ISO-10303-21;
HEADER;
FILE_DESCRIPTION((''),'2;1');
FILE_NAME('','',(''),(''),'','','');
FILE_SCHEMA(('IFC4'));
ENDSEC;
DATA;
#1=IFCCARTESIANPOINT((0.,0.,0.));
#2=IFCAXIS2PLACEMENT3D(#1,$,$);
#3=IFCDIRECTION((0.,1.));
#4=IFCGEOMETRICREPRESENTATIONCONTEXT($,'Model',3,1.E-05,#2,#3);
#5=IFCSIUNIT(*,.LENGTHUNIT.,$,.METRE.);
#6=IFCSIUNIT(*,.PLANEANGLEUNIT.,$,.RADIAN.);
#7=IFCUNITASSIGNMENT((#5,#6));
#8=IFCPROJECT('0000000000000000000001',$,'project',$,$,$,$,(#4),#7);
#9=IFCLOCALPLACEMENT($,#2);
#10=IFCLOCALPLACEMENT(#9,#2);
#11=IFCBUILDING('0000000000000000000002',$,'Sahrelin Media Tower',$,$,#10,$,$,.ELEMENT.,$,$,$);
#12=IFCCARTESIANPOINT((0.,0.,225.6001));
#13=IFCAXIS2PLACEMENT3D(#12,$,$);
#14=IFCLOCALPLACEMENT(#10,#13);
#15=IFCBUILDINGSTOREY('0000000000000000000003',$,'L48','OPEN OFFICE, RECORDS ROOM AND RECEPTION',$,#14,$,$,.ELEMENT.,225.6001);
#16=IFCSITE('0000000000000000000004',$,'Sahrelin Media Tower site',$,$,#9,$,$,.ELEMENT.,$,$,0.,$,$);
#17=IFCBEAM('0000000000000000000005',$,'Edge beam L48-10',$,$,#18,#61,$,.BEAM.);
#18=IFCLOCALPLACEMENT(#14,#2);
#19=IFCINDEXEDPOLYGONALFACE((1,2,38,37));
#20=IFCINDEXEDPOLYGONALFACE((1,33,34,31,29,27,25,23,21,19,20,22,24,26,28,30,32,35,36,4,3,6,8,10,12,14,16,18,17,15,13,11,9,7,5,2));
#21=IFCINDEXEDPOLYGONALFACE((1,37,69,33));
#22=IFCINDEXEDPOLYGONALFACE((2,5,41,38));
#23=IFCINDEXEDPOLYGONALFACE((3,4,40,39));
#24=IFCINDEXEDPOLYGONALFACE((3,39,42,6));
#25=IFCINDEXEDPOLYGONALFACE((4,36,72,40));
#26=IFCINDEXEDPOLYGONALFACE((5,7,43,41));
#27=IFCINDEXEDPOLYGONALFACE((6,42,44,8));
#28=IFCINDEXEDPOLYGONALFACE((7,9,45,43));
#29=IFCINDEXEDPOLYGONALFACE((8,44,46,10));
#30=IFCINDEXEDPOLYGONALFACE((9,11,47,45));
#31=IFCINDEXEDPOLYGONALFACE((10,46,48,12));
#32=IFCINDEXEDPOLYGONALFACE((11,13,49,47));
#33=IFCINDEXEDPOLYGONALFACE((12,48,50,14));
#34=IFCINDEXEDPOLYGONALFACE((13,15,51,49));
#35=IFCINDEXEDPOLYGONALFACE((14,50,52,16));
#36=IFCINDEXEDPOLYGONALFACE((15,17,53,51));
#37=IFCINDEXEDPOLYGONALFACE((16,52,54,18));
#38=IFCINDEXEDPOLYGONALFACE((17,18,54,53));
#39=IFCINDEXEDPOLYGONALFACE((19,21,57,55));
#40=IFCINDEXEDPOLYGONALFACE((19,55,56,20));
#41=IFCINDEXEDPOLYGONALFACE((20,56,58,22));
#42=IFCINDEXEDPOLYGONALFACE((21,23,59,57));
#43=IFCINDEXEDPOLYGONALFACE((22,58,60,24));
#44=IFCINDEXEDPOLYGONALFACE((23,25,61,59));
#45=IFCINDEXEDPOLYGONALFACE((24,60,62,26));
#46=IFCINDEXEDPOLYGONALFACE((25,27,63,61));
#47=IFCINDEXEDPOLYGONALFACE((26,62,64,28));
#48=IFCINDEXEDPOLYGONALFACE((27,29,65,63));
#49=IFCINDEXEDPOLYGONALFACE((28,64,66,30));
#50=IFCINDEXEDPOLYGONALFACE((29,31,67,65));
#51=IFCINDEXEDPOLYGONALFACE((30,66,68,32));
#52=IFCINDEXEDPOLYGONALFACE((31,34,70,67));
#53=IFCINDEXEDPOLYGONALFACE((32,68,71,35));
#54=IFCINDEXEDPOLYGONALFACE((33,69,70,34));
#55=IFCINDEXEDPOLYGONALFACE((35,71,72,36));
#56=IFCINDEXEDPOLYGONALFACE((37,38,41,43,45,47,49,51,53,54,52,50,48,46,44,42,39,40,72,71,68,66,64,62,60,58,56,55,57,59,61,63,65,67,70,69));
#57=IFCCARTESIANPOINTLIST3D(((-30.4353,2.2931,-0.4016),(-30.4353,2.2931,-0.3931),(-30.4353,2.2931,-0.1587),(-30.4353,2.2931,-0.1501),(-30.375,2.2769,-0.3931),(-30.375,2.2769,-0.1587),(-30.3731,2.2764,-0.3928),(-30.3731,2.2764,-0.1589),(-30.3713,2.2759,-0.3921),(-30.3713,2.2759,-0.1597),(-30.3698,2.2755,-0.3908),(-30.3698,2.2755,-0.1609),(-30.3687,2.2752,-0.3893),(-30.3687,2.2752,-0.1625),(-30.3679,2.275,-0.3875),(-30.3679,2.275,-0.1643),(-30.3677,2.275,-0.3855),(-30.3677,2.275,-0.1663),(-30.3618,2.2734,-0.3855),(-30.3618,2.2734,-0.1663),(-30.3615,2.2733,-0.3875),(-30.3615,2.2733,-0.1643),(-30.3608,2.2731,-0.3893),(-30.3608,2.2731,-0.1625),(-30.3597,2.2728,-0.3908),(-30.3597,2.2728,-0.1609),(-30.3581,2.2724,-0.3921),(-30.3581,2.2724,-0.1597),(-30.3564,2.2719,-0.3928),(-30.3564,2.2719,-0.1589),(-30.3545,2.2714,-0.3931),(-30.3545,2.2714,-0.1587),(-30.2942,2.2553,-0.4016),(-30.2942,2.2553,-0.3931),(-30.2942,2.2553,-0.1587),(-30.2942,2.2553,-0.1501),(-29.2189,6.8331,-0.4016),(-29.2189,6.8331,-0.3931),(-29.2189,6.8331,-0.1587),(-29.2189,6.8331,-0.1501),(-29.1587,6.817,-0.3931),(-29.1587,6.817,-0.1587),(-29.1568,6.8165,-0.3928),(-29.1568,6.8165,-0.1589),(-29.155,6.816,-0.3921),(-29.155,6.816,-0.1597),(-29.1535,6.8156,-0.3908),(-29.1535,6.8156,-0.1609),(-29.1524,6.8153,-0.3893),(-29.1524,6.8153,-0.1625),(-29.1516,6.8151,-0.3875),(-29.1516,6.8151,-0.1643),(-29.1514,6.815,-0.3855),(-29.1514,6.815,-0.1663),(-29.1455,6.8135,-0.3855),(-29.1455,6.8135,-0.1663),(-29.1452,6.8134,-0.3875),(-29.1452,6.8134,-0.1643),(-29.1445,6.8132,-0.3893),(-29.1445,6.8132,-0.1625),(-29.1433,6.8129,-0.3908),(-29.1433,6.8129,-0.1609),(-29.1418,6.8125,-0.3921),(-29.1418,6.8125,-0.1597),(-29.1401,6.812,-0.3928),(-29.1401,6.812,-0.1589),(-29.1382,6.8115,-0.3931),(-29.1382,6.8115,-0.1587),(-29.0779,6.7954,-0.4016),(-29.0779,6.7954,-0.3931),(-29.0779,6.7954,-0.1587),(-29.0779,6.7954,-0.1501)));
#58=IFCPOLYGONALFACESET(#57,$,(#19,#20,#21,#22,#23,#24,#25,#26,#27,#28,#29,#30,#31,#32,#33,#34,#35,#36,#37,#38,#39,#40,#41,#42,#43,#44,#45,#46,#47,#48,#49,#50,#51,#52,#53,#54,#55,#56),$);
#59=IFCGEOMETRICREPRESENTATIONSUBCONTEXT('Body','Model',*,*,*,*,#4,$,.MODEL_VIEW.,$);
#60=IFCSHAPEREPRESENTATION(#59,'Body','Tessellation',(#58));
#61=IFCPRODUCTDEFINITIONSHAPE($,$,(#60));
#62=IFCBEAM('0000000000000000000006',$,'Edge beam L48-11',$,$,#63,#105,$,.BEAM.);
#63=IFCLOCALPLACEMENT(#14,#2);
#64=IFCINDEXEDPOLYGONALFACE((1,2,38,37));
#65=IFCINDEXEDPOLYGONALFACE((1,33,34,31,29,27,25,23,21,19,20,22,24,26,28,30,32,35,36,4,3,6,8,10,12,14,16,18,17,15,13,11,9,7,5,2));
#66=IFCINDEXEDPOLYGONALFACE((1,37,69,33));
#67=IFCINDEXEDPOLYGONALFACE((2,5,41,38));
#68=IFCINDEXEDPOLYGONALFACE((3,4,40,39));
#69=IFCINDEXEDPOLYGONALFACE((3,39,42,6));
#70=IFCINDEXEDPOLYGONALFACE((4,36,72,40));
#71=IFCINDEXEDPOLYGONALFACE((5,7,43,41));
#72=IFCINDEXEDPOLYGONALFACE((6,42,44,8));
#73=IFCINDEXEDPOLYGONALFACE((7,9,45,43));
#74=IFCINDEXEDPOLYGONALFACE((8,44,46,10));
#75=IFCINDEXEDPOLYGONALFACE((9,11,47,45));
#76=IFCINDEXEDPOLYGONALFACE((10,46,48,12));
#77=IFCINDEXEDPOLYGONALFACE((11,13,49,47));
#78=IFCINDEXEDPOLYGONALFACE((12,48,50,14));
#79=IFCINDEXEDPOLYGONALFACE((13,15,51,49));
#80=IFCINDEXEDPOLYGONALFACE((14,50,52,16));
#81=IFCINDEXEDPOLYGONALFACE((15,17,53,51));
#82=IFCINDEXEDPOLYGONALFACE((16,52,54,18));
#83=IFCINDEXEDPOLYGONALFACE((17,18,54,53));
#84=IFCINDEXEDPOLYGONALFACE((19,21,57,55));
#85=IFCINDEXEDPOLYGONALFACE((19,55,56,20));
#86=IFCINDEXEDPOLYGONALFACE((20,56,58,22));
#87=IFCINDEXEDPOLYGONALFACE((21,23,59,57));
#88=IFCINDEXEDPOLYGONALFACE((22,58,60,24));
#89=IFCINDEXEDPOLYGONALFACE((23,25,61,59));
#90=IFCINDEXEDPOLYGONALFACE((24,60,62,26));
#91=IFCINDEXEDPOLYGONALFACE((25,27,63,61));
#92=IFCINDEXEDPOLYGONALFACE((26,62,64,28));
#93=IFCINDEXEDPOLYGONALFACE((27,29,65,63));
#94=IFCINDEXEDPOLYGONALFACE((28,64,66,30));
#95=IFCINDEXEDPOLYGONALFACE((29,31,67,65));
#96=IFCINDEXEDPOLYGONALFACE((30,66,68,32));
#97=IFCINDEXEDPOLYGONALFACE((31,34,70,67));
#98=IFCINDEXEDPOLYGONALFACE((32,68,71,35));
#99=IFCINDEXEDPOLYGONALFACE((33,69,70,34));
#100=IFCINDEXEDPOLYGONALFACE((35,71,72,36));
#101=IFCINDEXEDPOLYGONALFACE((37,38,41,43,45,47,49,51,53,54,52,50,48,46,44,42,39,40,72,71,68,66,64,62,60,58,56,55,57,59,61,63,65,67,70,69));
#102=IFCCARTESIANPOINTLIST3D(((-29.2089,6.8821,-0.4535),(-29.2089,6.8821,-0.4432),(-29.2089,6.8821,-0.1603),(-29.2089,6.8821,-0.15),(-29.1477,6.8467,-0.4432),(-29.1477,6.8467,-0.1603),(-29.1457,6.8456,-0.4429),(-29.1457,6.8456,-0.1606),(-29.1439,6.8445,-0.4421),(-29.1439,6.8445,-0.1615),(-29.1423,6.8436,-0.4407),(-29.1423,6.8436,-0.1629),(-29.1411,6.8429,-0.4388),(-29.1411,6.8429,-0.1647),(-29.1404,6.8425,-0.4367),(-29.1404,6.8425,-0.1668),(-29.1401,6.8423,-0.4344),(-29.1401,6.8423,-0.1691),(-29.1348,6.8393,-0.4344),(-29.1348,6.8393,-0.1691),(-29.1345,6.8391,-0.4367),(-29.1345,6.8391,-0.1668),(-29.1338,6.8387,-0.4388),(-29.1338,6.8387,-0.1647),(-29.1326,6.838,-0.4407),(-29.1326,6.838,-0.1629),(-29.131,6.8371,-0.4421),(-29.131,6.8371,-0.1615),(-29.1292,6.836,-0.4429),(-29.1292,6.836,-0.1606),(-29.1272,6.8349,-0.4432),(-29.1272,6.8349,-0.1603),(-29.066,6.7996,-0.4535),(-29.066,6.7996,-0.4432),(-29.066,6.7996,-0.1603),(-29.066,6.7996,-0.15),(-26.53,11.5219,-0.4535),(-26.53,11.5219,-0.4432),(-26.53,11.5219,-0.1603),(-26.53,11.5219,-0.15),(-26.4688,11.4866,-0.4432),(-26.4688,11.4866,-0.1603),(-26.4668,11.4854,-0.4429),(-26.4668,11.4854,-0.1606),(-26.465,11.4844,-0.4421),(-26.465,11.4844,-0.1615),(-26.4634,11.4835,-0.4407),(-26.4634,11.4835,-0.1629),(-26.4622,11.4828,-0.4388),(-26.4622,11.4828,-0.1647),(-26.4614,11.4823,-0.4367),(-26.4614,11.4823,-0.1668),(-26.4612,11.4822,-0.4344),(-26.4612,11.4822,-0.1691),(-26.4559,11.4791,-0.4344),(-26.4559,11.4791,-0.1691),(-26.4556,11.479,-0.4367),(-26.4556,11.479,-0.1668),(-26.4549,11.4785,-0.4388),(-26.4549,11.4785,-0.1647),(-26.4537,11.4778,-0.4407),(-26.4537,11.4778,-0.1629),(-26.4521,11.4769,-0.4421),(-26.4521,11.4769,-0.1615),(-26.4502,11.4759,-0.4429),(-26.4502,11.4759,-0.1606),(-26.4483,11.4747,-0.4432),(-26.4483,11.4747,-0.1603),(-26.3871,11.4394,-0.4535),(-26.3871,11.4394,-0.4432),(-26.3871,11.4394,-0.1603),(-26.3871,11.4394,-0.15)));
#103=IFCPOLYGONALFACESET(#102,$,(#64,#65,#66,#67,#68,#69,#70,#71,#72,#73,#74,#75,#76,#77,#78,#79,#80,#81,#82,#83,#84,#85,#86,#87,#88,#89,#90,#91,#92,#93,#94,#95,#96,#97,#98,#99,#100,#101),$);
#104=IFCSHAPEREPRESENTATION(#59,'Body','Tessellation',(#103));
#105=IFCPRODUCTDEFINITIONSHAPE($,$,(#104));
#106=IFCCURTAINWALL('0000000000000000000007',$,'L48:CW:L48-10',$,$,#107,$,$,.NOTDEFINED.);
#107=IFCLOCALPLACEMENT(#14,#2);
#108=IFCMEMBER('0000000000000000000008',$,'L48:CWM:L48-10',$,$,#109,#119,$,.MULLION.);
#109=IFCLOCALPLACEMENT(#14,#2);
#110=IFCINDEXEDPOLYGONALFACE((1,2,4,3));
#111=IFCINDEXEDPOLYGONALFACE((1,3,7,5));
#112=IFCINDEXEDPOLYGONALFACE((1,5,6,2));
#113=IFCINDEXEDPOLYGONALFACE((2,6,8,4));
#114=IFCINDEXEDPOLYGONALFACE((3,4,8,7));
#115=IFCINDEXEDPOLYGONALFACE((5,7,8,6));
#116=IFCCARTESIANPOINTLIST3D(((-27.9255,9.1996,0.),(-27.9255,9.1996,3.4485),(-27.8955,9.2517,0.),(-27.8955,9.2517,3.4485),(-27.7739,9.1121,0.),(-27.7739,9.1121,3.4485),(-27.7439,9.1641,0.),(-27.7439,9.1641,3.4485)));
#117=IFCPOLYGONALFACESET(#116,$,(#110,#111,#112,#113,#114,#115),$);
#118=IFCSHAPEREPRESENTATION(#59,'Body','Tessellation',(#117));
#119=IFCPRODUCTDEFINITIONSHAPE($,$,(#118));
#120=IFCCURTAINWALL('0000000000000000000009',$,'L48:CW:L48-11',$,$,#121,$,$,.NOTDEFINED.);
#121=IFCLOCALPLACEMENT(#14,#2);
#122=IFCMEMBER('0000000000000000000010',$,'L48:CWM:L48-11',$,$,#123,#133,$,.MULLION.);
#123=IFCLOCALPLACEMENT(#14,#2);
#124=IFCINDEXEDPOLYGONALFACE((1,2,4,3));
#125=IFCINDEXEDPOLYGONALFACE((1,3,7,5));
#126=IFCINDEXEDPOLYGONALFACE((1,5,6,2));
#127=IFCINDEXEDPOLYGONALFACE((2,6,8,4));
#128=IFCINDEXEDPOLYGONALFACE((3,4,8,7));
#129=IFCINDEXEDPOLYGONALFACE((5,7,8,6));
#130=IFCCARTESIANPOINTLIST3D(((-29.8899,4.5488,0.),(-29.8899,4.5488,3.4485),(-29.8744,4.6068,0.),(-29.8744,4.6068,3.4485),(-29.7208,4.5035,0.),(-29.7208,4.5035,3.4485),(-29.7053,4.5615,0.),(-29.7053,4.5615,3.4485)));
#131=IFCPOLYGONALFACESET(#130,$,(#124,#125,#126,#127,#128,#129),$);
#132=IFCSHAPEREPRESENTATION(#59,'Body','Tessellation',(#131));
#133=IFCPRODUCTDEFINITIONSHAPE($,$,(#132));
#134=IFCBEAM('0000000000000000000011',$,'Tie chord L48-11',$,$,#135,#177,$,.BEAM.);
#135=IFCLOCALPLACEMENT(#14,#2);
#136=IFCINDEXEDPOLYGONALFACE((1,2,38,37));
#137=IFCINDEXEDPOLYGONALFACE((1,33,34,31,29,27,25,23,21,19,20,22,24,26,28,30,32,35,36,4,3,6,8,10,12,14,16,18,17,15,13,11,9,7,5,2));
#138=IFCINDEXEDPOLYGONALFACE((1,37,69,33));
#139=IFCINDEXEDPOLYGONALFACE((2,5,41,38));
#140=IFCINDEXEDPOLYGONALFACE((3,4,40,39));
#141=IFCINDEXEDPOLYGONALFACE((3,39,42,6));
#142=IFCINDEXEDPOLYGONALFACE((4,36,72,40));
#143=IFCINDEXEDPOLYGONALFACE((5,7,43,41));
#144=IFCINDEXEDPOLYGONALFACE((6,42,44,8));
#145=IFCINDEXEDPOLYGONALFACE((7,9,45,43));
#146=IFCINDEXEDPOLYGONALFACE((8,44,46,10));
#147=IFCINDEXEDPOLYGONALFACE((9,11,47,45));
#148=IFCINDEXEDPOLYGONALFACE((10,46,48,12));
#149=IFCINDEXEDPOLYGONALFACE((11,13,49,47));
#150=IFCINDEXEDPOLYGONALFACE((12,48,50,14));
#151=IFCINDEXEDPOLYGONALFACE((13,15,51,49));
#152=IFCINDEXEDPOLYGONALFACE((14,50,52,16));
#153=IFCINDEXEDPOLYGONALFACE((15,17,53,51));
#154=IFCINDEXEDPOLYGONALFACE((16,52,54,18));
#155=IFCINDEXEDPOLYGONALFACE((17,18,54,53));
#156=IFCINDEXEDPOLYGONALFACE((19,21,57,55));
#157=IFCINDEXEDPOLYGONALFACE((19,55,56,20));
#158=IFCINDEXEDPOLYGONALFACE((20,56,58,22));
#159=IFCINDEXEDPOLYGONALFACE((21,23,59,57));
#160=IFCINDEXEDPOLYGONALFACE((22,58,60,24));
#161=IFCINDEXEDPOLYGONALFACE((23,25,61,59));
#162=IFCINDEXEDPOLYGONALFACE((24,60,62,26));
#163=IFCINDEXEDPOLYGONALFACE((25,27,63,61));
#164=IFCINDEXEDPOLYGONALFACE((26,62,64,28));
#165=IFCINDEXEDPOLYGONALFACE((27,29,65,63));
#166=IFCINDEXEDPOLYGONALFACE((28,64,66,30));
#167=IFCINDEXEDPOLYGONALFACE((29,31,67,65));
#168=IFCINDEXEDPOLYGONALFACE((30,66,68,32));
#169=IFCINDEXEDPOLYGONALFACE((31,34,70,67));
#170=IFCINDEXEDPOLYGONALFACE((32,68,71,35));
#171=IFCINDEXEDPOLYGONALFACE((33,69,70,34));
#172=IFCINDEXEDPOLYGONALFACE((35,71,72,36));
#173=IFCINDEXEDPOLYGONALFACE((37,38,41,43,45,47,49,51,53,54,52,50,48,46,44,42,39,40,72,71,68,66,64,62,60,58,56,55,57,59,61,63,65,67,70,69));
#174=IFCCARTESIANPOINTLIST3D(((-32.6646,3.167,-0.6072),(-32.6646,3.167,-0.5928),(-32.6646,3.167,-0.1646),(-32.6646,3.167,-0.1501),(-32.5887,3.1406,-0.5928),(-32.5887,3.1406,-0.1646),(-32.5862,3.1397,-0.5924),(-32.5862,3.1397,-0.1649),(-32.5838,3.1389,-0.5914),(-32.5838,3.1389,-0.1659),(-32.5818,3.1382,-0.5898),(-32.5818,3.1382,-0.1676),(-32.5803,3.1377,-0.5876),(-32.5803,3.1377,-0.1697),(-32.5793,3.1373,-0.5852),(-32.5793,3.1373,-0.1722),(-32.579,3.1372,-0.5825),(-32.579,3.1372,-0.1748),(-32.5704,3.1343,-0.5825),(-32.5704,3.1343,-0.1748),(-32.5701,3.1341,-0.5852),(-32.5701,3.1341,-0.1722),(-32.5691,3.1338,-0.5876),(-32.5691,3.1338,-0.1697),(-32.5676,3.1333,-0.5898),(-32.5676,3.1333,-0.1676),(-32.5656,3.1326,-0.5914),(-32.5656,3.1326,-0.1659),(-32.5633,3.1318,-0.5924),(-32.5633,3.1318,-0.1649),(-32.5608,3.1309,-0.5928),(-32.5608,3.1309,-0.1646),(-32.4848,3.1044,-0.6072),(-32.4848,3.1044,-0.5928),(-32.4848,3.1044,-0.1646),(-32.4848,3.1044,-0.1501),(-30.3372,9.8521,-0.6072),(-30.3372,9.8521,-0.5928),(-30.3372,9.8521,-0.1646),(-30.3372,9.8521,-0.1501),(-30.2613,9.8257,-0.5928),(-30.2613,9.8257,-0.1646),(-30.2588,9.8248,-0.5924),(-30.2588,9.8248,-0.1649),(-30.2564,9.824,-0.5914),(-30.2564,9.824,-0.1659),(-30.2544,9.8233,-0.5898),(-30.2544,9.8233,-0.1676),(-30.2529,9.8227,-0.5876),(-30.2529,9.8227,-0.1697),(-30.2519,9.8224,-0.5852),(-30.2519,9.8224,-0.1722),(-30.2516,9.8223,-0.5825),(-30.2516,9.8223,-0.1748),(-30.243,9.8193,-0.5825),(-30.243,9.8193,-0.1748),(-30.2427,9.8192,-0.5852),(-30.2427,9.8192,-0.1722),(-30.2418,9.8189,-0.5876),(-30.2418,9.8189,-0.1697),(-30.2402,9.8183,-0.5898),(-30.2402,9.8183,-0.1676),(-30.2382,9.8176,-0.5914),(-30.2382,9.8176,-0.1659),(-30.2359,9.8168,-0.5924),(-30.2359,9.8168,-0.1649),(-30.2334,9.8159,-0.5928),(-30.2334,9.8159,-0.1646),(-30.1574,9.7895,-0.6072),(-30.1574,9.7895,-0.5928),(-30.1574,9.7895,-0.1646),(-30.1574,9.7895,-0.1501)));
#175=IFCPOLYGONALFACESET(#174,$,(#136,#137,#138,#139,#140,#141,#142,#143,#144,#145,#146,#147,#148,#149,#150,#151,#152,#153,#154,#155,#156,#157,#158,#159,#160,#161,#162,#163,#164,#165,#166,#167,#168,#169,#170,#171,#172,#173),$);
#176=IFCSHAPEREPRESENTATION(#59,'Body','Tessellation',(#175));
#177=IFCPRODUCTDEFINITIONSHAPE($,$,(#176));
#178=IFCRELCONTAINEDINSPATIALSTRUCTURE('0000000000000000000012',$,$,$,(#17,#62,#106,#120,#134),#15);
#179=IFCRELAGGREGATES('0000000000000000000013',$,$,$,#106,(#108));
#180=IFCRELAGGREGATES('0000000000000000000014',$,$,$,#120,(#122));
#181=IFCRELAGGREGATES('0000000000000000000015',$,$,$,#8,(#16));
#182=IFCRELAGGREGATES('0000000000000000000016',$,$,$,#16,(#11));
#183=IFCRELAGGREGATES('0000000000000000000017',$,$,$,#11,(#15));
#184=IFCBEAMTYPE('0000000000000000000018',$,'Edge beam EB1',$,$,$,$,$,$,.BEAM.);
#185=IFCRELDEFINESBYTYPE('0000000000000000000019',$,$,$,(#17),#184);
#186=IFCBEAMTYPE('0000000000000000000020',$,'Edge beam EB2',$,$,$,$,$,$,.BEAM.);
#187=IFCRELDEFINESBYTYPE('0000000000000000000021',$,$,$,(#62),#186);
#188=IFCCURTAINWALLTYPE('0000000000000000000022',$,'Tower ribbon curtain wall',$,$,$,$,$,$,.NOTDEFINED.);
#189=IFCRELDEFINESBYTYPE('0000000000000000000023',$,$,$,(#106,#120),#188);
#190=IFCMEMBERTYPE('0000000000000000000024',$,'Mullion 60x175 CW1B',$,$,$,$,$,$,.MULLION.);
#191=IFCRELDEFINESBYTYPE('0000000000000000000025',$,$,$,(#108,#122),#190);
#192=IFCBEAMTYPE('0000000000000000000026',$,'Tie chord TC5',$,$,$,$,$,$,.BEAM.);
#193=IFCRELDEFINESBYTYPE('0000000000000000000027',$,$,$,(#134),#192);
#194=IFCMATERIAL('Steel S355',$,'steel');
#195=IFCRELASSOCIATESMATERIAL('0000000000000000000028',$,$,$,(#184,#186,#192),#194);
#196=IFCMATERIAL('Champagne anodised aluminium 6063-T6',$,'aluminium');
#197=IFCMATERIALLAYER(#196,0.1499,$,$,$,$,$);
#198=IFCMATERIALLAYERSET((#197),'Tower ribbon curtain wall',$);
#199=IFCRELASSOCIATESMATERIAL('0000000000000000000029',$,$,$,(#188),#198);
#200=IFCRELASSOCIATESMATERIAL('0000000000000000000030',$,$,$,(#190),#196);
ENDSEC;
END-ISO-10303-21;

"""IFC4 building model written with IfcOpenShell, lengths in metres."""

from ifc_helpers import new_model, si_unit, direction, frame, origin, origin_2d, place, context, subcontext, project, spatial, rectangle, i_section, extrude, material, layer, layer_set, material_profile, profile_set, type_object, element, aggregate, save


model = new_model("IFC4")

# Units and contexts
model_context = context("Model", 3, precision=1e-05, world=origin(), true_north=direction((0.0, 1.0)))
body_context = subcontext(model_context, "Body", "Model", "MODEL_VIEW")
ifc_project = project(units=[si_unit("LENGTHUNIT", "METRE"), si_unit("PLANEANGLEUNIT", "RADIAN")], contexts=[model_context])

# Site, building, storey
site_placement = place(None, origin())
site = spatial("IfcSite", under=ifc_project, at=site_placement, Name="Sahrelin Media Tower site", CompositionType="ELEMENT", RefElevation=0.0)
building_placement = place(site_placement, origin())
building = spatial("IfcBuilding", under=site, at=building_placement, Name="Sahrelin Media Tower", CompositionType="ELEMENT")
storey_placement = place(building_placement, frame((0.0, 0.0, 225.6001)))
storey = spatial("IfcBuildingStorey", under=building, at=storey_placement, Name="L48", Description="OPEN OFFICE, RECORDS ROOM AND RECEPTION", CompositionType="ELEMENT", Elevation=225.6001)

# Beams
ifc_material_1 = material(Name="Steel S355", Category="steel")
ifc_material_profile_1 = material_profile(ifc_material_1, i_section(OverallWidth=0.146, OverallDepth=0.2515, WebThickness=0.0061, FlangeThickness=0.0085, FilletRadius=0.0076, at=origin_2d()), Name="UB 254x146x31")
ifc_profile_set_1 = profile_set([ifc_material_profile_1], Name="Steel S355")
beam_type_1 = type_object("IfcBeamType", Name="Edge beam EB1", PredefinedType="BEAM", material=ifc_profile_set_1)
beam_1_placement = place(storey_placement, frame((-30.3647, 2.2742, -0.2759), z_axis=(0.258781, 0.965936, 0.0), x_axis=(-0.965936, 0.258781, 0.0)))
element("IfcBeam", 1, at=beam_1_placement, inside=storey, type_object=beam_type_1, Name="Edge beam L48-10", PredefinedType="BEAM", context=body_context, shape_type="SweptSolid", body=[
    extrude(i_section(OverallWidth=0.146, OverallDepth=0.2515, WebThickness=0.0061, FlangeThickness=0.0085, FilletRadius=0.0076, at=origin_2d()), origin(), (0.0, 0.0, 1.0), 4.7002),
])
ifc_material_profile_2 = material_profile(ifc_material_1, i_section(OverallWidth=0.165, OverallDepth=0.3035, WebThickness=0.0061, FlangeThickness=0.0103, FilletRadius=0.0088, at=origin_2d()), Name="UB 305x165x40")
ifc_profile_set_2 = profile_set([ifc_material_profile_2], Name="Steel S355")
beam_type_2 = type_object("IfcBeamType", Name="Edge beam EB2", PredefinedType="BEAM", material=ifc_profile_set_2)
beam_2_placement = place(storey_placement, frame((-29.1375, 6.8408, -0.3018), z_axis=(0.500016, 0.866016, 0.0), x_axis=(-0.866016, 0.500016, 0.0)))
element("IfcBeam", 2, at=beam_2_placement, inside=storey, type_object=beam_type_2, Name="Edge beam L48-11", PredefinedType="BEAM", context=body_context, shape_type="SweptSolid", body=[
    extrude(i_section(OverallWidth=0.165, OverallDepth=0.3035, WebThickness=0.0061, FlangeThickness=0.0103, FilletRadius=0.0088, at=origin_2d()), origin(), (0.0, 0.0, 1.0), 5.3577),
])

# Curtain walls, members
ifc_material_2 = material(Name="Champagne anodised aluminium 6063-T6", Category="aluminium")
ifc_layer_1 = layer(ifc_material_2, 0.1499)
ifc_layer_set_1 = layer_set([ifc_layer_1], Name="Tower ribbon curtain wall")
curtain_wall_type = type_object("IfcCurtainWallType", Name="Tower ribbon curtain wall", PredefinedType="NOTDEFINED", material=ifc_layer_set_1)
curtain_wall_1_placement = place(storey_placement, frame((-27.9277, 9.2356, 0.0), z_axis=(0.0, 0.0, 1.0), x_axis=(1.0, 0.0, 0.0)))
curtain_wall_1 = element("IfcCurtainWall", 3, at=curtain_wall_1_placement, inside=storey, type_object=curtain_wall_type, Name="L48:CW:L48-10", PredefinedType="NOTDEFINED")
ifc_material_profile_3 = material_profile(ifc_material_2, rectangle(XDim=0.0601, YDim=0.175, at=origin_2d()), Name="Mullion 60x175")
ifc_profile_set_3 = profile_set([ifc_material_profile_3], Name="Champagne anodised aluminium 6063-T6")
member_type_1 = type_object("IfcMemberType", Name="Mullion 60x175 CW1B", PredefinedType="MULLION", material=ifc_profile_set_3)
member_1_placement = place(storey_placement, frame((-27.8347, 9.1819, 0.0), z_axis=(0.0, 0.0, 1.0), x_axis=(-0.500002, -0.866025, 0.0)))
member_1 = element("IfcMember", 4, at=member_1_placement, type_object=member_type_1, Name="L48:CWM:L48-10", PredefinedType="MULLION", context=body_context, shape_type="SweptSolid", body=[
    extrude(rectangle(XDim=0.0601, YDim=0.175, at=origin_2d()), origin(), (0.0, 0.0, 1.0), 3.4485),
])
curtain_wall_2_placement = place(storey_placement, frame((-29.9016, 4.583, 0.0), z_axis=(0.0, 0.0, 1.0), x_axis=(1.0, 0.0, 0.0)))
curtain_wall_2 = element("IfcCurtainWall", 5, at=curtain_wall_2_placement, inside=storey, type_object=curtain_wall_type, Name="L48:CW:L48-11", PredefinedType="NOTDEFINED")
member_2_placement = place(storey_placement, frame((-29.7976, 4.5552, 0.0), z_axis=(0.0, 0.0, 1.0), x_axis=(-0.258814, -0.965927, 0.0)))
member_2 = element("IfcMember", 6, at=member_2_placement, type_object=member_type_1, Name="L48:CWM:L48-11", PredefinedType="MULLION", context=body_context, shape_type="SweptSolid", body=[
    extrude(rectangle(XDim=0.0601, YDim=0.175, at=origin_2d()), origin(), (0.0, 0.0, 1.0), 3.4485),
])

# Beam
ifc_material_profile_4 = material_profile(ifc_material_1, i_section(OverallWidth=0.1904, OverallDepth=0.457, WebThickness=0.009, FlangeThickness=0.0144, FilletRadius=0.0103, at=origin_2d()), Name="UB 457x191x74")
ifc_profile_set_4 = profile_set([ifc_material_profile_4], Name="Steel S355")
beam_type_3 = type_object("IfcBeamType", Name="Tie chord TC5", PredefinedType="BEAM", material=ifc_profile_set_4)
beam_3_placement = place(storey_placement, frame((-30.2473, 9.8208, -0.3787), z_axis=(-0.328792, -0.944402, 0.0), x_axis=(0.944402, -0.328792, 0.0)))
element("IfcBeam", 7, at=beam_3_placement, inside=storey, type_object=beam_type_3, Name="Tie chord L48-11", PredefinedType="BEAM", context=body_context, shape_type="SweptSolid", body=[
    extrude(i_section(OverallWidth=0.1904, OverallDepth=0.457, WebThickness=0.009, FlangeThickness=0.0144, FilletRadius=0.0103, at=origin_2d()), origin(), (0.0, 0.0, 1.0), 7.0786),
])

aggregate(curtain_wall_1, [member_1])

aggregate(curtain_wall_2, [member_2])

save(model, "model.ifc")
